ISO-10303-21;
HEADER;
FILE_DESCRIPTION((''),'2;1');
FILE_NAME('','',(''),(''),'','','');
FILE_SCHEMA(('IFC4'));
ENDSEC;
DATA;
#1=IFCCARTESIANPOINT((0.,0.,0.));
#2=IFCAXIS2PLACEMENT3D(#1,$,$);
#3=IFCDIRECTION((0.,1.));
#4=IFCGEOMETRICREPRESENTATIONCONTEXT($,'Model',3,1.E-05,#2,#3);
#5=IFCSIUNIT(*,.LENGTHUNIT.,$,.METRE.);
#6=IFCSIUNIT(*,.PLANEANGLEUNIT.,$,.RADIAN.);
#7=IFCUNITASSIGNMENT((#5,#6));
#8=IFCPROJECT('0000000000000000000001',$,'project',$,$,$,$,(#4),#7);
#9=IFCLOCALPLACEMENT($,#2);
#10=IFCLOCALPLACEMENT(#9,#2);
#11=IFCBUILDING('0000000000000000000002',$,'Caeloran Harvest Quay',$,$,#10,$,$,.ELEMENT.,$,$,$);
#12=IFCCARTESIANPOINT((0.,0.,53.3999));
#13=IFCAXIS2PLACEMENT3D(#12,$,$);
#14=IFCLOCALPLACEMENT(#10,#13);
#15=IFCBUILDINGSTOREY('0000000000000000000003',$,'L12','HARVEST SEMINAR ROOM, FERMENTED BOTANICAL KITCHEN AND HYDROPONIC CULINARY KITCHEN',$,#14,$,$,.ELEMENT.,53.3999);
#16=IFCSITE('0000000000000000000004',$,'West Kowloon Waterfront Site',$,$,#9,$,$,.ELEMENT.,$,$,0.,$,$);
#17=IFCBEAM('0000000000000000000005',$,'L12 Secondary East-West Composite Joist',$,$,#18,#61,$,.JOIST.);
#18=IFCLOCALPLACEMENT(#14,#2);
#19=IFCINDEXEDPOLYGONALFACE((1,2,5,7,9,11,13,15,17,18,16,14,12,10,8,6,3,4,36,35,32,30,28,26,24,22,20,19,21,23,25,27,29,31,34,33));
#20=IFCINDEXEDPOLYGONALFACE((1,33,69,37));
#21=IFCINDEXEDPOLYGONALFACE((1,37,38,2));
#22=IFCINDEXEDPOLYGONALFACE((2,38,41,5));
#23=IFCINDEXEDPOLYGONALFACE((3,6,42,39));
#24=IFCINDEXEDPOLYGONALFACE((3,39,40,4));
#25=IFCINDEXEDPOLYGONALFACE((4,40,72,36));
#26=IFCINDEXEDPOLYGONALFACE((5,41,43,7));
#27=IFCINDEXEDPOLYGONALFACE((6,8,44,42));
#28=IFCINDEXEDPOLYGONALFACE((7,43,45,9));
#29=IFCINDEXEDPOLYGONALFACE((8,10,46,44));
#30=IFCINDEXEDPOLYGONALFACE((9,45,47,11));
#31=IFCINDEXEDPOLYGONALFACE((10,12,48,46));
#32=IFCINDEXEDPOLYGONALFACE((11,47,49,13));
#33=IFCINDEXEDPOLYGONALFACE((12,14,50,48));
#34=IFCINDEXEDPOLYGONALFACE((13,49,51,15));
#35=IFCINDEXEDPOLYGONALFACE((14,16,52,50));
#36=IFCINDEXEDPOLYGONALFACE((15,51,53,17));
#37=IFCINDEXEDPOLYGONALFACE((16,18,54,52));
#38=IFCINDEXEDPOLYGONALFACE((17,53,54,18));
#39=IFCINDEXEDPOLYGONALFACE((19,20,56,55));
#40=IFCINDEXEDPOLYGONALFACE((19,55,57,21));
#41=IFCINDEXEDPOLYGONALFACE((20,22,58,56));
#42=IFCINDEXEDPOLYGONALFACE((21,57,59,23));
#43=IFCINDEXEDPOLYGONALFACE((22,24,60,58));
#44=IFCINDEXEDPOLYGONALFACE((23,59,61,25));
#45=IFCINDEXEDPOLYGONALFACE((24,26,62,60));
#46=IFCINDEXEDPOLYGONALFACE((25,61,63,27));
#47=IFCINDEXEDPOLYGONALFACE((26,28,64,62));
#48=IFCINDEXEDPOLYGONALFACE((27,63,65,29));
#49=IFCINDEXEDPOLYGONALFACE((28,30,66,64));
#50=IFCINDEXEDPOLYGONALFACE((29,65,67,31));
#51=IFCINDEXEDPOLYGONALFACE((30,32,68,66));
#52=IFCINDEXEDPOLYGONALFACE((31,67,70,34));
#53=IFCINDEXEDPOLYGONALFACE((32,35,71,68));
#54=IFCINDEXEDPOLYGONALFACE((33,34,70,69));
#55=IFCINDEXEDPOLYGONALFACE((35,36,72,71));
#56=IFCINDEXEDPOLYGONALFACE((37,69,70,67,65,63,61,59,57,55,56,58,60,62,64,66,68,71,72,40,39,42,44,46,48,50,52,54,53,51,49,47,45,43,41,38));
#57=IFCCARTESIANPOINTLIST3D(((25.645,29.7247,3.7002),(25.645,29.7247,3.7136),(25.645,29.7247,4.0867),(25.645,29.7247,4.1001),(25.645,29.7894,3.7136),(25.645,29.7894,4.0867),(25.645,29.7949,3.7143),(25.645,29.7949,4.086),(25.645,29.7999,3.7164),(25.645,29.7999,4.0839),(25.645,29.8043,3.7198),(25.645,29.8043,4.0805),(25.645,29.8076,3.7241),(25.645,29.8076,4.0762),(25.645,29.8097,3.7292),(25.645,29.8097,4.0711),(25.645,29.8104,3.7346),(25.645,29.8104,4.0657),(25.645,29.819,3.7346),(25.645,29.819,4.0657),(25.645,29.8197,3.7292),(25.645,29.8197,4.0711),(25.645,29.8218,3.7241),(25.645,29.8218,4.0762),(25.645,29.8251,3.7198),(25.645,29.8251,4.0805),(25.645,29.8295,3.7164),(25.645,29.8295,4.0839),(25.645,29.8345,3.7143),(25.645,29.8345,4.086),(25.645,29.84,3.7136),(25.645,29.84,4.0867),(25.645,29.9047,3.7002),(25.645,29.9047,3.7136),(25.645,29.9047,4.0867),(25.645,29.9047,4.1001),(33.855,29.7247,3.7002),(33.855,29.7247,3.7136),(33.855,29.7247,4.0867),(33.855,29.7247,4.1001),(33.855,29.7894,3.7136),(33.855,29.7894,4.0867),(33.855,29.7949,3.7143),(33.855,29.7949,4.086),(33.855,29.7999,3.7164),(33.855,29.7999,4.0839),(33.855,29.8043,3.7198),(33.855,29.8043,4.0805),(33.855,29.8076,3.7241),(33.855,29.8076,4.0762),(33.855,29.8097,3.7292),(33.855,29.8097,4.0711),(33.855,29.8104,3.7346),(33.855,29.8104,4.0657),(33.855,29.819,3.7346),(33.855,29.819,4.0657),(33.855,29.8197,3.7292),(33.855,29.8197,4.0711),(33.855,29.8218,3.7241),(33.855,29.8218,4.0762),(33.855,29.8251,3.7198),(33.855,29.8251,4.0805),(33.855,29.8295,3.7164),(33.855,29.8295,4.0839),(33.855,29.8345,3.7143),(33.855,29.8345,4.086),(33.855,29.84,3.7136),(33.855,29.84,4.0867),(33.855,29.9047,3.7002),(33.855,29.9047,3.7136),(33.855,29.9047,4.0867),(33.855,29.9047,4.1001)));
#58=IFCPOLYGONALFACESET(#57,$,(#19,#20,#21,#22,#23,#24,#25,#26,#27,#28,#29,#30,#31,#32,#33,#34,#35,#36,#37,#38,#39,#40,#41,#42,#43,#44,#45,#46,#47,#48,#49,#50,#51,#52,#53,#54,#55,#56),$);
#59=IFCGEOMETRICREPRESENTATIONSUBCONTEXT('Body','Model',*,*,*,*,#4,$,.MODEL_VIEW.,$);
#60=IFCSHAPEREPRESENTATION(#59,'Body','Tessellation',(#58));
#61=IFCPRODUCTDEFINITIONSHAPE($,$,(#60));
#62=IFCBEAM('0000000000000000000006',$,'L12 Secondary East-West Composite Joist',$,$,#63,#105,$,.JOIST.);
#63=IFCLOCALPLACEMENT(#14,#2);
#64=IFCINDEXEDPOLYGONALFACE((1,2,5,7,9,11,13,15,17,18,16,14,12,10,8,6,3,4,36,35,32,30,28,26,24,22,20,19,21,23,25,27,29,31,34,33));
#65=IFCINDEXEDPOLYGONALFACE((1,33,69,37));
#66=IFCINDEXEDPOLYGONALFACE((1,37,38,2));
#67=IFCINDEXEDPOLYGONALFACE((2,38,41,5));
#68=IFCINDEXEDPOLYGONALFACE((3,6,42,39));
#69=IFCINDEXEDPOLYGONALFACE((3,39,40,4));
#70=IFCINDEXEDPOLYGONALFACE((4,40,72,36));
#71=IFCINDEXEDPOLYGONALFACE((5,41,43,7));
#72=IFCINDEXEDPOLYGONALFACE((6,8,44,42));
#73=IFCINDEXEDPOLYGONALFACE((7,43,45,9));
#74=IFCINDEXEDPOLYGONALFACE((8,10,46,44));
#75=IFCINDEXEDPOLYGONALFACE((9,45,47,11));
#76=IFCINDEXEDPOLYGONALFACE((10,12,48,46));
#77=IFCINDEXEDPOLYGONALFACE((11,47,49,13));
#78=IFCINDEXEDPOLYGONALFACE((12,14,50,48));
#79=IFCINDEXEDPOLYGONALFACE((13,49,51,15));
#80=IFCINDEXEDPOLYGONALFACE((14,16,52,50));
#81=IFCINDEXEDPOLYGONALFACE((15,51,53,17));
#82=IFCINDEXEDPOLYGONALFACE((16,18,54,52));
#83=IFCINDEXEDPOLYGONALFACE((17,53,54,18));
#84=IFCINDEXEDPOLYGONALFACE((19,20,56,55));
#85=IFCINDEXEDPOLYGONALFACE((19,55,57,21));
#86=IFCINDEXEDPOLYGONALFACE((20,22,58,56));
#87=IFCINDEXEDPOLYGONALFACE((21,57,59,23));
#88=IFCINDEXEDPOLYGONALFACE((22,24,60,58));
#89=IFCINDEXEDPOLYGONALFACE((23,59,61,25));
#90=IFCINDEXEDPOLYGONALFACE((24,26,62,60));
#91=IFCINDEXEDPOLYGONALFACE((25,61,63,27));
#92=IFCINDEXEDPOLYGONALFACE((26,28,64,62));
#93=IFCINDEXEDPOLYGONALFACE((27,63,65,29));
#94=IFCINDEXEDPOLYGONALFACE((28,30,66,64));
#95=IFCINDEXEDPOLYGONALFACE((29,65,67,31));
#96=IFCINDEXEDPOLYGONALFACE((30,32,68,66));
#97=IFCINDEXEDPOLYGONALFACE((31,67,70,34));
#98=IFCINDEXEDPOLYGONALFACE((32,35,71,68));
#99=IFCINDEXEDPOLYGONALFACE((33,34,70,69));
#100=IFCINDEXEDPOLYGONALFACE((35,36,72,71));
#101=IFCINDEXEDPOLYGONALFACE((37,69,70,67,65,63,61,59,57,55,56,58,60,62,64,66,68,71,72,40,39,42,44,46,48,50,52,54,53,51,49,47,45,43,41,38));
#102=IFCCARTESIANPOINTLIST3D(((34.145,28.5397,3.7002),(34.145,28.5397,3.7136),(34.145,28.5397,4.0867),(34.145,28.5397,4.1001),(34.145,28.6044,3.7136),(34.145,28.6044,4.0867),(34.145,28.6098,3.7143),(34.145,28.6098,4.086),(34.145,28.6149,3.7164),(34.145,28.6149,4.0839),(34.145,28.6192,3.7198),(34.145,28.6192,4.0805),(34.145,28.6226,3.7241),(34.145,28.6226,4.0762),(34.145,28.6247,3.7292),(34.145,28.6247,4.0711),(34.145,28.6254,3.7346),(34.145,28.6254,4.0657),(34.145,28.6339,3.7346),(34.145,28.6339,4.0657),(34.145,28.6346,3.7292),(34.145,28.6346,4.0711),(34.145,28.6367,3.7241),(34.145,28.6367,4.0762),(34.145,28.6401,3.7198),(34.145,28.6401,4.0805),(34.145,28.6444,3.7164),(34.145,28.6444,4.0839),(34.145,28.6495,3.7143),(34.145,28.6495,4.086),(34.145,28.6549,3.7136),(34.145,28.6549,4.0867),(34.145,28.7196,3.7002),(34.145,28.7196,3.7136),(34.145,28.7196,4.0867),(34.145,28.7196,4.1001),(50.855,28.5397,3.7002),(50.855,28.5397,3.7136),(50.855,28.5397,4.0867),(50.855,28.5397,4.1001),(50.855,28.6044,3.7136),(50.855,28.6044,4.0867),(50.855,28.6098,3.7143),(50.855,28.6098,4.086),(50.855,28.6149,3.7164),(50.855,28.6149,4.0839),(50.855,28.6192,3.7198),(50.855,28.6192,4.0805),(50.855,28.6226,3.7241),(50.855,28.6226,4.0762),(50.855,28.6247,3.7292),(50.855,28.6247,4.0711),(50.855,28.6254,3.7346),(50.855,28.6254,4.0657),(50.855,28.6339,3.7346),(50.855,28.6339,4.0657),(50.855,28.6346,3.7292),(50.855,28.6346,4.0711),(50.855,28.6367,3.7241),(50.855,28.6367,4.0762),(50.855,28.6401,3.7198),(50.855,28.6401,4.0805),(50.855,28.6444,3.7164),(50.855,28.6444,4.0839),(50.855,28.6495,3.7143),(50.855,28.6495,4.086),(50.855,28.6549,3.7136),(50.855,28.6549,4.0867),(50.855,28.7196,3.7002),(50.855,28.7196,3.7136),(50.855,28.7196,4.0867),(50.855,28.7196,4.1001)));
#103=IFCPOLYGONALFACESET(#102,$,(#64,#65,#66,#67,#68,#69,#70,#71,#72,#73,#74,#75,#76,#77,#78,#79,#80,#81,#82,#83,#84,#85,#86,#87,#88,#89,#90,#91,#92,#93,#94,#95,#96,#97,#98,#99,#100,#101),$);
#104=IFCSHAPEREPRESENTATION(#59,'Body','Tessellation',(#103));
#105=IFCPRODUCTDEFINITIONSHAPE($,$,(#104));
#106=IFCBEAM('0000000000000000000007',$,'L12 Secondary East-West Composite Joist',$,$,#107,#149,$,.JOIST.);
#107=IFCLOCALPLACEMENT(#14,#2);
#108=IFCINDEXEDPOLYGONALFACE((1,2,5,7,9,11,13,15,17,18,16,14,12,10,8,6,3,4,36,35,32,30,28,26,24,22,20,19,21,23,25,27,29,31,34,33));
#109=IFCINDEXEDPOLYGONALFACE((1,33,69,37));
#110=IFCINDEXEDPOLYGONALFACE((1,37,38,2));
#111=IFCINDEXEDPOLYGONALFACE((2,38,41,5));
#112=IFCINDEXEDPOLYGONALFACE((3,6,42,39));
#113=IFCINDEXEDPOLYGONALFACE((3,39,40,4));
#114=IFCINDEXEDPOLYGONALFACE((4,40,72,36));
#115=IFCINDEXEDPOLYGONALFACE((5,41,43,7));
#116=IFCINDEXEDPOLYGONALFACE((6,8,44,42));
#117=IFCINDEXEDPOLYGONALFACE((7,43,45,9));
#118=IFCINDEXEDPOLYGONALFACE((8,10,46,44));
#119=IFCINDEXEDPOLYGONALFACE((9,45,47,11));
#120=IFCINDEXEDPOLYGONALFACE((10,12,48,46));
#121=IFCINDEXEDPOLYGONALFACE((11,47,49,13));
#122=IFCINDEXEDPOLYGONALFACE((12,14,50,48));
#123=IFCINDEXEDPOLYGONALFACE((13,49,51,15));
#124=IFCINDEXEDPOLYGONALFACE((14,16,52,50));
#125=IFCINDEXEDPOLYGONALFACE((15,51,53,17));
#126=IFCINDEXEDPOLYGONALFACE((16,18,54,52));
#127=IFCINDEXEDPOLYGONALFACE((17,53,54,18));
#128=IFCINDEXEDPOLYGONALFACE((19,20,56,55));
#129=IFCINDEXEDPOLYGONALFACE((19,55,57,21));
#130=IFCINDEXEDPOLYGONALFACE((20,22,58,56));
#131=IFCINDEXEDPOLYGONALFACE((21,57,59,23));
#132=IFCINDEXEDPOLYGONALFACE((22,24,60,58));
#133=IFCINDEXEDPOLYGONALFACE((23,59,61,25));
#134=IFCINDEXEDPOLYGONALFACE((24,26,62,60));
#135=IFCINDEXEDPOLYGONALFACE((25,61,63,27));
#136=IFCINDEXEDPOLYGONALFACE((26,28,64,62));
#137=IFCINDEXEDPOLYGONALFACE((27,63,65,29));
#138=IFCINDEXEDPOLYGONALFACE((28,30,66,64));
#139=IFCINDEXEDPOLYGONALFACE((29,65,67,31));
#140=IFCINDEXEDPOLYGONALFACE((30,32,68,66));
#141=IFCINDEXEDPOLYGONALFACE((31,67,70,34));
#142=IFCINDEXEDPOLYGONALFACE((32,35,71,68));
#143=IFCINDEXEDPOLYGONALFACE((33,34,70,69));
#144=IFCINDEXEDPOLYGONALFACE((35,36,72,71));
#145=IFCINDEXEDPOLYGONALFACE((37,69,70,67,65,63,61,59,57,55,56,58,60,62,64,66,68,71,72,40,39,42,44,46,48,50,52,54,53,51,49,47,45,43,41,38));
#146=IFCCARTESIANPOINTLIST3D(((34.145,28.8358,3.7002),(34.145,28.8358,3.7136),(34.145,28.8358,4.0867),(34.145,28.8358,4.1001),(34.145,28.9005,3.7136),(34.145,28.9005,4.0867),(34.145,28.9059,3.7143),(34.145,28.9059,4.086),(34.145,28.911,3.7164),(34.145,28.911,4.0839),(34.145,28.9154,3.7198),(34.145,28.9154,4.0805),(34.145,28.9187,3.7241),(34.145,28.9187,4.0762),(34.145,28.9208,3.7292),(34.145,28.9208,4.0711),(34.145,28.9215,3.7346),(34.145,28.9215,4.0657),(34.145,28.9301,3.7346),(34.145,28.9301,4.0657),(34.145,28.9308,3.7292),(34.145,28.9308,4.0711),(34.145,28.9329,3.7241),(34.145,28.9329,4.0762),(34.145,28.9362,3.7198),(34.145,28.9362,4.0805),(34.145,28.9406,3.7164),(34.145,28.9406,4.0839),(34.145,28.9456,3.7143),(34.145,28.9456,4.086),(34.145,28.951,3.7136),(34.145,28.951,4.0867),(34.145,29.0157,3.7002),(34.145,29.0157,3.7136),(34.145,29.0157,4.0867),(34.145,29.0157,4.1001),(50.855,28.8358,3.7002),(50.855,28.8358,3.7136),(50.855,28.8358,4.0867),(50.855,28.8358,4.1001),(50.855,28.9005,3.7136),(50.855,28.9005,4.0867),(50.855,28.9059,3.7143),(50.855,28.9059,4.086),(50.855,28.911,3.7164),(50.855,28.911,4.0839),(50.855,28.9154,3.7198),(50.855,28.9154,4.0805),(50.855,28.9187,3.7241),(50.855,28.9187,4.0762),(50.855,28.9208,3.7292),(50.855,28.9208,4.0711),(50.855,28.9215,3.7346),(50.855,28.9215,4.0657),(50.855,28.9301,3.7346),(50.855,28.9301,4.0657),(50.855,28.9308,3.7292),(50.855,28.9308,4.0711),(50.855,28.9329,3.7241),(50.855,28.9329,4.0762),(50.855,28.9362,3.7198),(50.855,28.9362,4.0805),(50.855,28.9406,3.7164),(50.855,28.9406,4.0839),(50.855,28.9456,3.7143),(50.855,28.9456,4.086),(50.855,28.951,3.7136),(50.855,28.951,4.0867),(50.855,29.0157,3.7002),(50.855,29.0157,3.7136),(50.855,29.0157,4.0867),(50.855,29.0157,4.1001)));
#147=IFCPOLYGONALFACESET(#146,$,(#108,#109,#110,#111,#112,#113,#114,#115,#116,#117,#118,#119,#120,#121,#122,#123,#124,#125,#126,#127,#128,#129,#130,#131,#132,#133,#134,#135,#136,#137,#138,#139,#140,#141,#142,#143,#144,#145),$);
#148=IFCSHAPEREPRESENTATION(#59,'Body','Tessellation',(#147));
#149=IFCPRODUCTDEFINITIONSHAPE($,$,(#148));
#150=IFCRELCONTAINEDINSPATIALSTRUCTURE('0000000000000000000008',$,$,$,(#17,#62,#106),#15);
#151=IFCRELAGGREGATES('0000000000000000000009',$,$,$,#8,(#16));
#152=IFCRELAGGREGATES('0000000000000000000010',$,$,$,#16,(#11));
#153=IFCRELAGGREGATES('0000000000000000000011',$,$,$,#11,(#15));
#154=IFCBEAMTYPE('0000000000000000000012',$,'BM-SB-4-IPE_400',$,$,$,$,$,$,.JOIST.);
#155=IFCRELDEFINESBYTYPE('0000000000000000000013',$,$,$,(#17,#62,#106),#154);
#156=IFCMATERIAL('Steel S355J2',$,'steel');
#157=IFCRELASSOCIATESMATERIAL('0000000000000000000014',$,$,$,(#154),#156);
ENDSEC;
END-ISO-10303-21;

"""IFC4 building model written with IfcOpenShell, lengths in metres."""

from ifc_helpers import new_model, si_unit, direction, frame, origin, origin_2d, place, context, subcontext, project, spatial, i_section, extrude, material, material_profile, profile_set, type_object, element, save


model = new_model("IFC4")

# Units and contexts
model_context = context("Model", 3, precision=1e-05, world=origin(), true_north=direction((0.0, 1.0)))
body_context = subcontext(model_context, "Body", "Model", "MODEL_VIEW")
ifc_project = project(units=[si_unit("LENGTHUNIT", "METRE"), si_unit("PLANEANGLEUNIT", "RADIAN")], contexts=[model_context])

# Site, building, storey
site_placement = place(None, origin())
site = spatial("IfcSite", under=ifc_project, at=site_placement, Name="West Kowloon Waterfront Site", CompositionType="ELEMENT", RefElevation=0.0)
building_placement = place(site_placement, origin())
building = spatial("IfcBuilding", under=site, at=building_placement, Name="Caeloran Harvest Quay", CompositionType="ELEMENT")
storey_placement = place(building_placement, frame((0.0, 0.0, 53.3999)))
storey = spatial("IfcBuildingStorey", under=building, at=storey_placement, Name="L12", Description="HARVEST SEMINAR ROOM, FERMENTED BOTANICAL KITCHEN AND HYDROPONIC CULINARY KITCHEN", CompositionType="ELEMENT", Elevation=53.3999)

# Beams
ifc_material_1 = material(Name="Steel S355J2", Category="steel")
ifc_material_profile_1 = material_profile(ifc_material_1, i_section(OverallWidth=0.1799, OverallDepth=0.3999, WebThickness=0.0085, FlangeThickness=0.0134, FilletRadius=0.021, at=origin_2d()), Name="IPE 400")
ifc_profile_set_1 = profile_set([ifc_material_profile_1], Name="Steel S355J2")
beam_type_1 = type_object("IfcBeamType", Name="BM-SB-4-IPE_400", PredefinedType="JOIST", material=ifc_profile_set_1)
for number, where, z_axis, x_axis, name in (
    (1, (25.645, 29.8147, 3.9001), (1.0, 0.0, 0.0), (0.0, 1.0, 0.0), "L12 Secondary East-West Composite Joist"),
):
    element("IfcBeam", number, at=place(storey_placement, frame(where, z_axis=z_axis, x_axis=x_axis)), inside=storey, type_object=beam_type_1, Name=name, PredefinedType="JOIST", context=body_context, shape_type="SweptSolid", body=[
        extrude(i_section(OverallWidth=0.1799, OverallDepth=0.3999, WebThickness=0.0085, FlangeThickness=0.0134, FilletRadius=0.021, at=origin_2d()), origin(), (0.0, 0.0, 1.0), 8.21),
    ])
for number, where, z_axis, x_axis, name in (
    (2, (34.145, 28.6296, 3.9001), (1.0, 0.0, 0.0), (0.0, 1.0, 0.0), "L12 Secondary East-West Composite Joist"),
    (3, (34.145, 28.9258, 3.9001), (1.0, 0.0, 0.0), (0.0, 1.0, 0.0), "L12 Secondary East-West Composite Joist"),
):
    element("IfcBeam", number, at=place(storey_placement, frame(where, z_axis=z_axis, x_axis=x_axis)), inside=storey, type_object=beam_type_1, Name=name, PredefinedType="JOIST", context=body_context, shape_type="SweptSolid", body=[
        extrude(i_section(OverallWidth=0.1799, OverallDepth=0.3999, WebThickness=0.0085, FlangeThickness=0.0134, FilletRadius=0.021, at=origin_2d()), origin(), (0.0, 0.0, 1.0), 16.71),
    ])

save(model, "model.ifc")
